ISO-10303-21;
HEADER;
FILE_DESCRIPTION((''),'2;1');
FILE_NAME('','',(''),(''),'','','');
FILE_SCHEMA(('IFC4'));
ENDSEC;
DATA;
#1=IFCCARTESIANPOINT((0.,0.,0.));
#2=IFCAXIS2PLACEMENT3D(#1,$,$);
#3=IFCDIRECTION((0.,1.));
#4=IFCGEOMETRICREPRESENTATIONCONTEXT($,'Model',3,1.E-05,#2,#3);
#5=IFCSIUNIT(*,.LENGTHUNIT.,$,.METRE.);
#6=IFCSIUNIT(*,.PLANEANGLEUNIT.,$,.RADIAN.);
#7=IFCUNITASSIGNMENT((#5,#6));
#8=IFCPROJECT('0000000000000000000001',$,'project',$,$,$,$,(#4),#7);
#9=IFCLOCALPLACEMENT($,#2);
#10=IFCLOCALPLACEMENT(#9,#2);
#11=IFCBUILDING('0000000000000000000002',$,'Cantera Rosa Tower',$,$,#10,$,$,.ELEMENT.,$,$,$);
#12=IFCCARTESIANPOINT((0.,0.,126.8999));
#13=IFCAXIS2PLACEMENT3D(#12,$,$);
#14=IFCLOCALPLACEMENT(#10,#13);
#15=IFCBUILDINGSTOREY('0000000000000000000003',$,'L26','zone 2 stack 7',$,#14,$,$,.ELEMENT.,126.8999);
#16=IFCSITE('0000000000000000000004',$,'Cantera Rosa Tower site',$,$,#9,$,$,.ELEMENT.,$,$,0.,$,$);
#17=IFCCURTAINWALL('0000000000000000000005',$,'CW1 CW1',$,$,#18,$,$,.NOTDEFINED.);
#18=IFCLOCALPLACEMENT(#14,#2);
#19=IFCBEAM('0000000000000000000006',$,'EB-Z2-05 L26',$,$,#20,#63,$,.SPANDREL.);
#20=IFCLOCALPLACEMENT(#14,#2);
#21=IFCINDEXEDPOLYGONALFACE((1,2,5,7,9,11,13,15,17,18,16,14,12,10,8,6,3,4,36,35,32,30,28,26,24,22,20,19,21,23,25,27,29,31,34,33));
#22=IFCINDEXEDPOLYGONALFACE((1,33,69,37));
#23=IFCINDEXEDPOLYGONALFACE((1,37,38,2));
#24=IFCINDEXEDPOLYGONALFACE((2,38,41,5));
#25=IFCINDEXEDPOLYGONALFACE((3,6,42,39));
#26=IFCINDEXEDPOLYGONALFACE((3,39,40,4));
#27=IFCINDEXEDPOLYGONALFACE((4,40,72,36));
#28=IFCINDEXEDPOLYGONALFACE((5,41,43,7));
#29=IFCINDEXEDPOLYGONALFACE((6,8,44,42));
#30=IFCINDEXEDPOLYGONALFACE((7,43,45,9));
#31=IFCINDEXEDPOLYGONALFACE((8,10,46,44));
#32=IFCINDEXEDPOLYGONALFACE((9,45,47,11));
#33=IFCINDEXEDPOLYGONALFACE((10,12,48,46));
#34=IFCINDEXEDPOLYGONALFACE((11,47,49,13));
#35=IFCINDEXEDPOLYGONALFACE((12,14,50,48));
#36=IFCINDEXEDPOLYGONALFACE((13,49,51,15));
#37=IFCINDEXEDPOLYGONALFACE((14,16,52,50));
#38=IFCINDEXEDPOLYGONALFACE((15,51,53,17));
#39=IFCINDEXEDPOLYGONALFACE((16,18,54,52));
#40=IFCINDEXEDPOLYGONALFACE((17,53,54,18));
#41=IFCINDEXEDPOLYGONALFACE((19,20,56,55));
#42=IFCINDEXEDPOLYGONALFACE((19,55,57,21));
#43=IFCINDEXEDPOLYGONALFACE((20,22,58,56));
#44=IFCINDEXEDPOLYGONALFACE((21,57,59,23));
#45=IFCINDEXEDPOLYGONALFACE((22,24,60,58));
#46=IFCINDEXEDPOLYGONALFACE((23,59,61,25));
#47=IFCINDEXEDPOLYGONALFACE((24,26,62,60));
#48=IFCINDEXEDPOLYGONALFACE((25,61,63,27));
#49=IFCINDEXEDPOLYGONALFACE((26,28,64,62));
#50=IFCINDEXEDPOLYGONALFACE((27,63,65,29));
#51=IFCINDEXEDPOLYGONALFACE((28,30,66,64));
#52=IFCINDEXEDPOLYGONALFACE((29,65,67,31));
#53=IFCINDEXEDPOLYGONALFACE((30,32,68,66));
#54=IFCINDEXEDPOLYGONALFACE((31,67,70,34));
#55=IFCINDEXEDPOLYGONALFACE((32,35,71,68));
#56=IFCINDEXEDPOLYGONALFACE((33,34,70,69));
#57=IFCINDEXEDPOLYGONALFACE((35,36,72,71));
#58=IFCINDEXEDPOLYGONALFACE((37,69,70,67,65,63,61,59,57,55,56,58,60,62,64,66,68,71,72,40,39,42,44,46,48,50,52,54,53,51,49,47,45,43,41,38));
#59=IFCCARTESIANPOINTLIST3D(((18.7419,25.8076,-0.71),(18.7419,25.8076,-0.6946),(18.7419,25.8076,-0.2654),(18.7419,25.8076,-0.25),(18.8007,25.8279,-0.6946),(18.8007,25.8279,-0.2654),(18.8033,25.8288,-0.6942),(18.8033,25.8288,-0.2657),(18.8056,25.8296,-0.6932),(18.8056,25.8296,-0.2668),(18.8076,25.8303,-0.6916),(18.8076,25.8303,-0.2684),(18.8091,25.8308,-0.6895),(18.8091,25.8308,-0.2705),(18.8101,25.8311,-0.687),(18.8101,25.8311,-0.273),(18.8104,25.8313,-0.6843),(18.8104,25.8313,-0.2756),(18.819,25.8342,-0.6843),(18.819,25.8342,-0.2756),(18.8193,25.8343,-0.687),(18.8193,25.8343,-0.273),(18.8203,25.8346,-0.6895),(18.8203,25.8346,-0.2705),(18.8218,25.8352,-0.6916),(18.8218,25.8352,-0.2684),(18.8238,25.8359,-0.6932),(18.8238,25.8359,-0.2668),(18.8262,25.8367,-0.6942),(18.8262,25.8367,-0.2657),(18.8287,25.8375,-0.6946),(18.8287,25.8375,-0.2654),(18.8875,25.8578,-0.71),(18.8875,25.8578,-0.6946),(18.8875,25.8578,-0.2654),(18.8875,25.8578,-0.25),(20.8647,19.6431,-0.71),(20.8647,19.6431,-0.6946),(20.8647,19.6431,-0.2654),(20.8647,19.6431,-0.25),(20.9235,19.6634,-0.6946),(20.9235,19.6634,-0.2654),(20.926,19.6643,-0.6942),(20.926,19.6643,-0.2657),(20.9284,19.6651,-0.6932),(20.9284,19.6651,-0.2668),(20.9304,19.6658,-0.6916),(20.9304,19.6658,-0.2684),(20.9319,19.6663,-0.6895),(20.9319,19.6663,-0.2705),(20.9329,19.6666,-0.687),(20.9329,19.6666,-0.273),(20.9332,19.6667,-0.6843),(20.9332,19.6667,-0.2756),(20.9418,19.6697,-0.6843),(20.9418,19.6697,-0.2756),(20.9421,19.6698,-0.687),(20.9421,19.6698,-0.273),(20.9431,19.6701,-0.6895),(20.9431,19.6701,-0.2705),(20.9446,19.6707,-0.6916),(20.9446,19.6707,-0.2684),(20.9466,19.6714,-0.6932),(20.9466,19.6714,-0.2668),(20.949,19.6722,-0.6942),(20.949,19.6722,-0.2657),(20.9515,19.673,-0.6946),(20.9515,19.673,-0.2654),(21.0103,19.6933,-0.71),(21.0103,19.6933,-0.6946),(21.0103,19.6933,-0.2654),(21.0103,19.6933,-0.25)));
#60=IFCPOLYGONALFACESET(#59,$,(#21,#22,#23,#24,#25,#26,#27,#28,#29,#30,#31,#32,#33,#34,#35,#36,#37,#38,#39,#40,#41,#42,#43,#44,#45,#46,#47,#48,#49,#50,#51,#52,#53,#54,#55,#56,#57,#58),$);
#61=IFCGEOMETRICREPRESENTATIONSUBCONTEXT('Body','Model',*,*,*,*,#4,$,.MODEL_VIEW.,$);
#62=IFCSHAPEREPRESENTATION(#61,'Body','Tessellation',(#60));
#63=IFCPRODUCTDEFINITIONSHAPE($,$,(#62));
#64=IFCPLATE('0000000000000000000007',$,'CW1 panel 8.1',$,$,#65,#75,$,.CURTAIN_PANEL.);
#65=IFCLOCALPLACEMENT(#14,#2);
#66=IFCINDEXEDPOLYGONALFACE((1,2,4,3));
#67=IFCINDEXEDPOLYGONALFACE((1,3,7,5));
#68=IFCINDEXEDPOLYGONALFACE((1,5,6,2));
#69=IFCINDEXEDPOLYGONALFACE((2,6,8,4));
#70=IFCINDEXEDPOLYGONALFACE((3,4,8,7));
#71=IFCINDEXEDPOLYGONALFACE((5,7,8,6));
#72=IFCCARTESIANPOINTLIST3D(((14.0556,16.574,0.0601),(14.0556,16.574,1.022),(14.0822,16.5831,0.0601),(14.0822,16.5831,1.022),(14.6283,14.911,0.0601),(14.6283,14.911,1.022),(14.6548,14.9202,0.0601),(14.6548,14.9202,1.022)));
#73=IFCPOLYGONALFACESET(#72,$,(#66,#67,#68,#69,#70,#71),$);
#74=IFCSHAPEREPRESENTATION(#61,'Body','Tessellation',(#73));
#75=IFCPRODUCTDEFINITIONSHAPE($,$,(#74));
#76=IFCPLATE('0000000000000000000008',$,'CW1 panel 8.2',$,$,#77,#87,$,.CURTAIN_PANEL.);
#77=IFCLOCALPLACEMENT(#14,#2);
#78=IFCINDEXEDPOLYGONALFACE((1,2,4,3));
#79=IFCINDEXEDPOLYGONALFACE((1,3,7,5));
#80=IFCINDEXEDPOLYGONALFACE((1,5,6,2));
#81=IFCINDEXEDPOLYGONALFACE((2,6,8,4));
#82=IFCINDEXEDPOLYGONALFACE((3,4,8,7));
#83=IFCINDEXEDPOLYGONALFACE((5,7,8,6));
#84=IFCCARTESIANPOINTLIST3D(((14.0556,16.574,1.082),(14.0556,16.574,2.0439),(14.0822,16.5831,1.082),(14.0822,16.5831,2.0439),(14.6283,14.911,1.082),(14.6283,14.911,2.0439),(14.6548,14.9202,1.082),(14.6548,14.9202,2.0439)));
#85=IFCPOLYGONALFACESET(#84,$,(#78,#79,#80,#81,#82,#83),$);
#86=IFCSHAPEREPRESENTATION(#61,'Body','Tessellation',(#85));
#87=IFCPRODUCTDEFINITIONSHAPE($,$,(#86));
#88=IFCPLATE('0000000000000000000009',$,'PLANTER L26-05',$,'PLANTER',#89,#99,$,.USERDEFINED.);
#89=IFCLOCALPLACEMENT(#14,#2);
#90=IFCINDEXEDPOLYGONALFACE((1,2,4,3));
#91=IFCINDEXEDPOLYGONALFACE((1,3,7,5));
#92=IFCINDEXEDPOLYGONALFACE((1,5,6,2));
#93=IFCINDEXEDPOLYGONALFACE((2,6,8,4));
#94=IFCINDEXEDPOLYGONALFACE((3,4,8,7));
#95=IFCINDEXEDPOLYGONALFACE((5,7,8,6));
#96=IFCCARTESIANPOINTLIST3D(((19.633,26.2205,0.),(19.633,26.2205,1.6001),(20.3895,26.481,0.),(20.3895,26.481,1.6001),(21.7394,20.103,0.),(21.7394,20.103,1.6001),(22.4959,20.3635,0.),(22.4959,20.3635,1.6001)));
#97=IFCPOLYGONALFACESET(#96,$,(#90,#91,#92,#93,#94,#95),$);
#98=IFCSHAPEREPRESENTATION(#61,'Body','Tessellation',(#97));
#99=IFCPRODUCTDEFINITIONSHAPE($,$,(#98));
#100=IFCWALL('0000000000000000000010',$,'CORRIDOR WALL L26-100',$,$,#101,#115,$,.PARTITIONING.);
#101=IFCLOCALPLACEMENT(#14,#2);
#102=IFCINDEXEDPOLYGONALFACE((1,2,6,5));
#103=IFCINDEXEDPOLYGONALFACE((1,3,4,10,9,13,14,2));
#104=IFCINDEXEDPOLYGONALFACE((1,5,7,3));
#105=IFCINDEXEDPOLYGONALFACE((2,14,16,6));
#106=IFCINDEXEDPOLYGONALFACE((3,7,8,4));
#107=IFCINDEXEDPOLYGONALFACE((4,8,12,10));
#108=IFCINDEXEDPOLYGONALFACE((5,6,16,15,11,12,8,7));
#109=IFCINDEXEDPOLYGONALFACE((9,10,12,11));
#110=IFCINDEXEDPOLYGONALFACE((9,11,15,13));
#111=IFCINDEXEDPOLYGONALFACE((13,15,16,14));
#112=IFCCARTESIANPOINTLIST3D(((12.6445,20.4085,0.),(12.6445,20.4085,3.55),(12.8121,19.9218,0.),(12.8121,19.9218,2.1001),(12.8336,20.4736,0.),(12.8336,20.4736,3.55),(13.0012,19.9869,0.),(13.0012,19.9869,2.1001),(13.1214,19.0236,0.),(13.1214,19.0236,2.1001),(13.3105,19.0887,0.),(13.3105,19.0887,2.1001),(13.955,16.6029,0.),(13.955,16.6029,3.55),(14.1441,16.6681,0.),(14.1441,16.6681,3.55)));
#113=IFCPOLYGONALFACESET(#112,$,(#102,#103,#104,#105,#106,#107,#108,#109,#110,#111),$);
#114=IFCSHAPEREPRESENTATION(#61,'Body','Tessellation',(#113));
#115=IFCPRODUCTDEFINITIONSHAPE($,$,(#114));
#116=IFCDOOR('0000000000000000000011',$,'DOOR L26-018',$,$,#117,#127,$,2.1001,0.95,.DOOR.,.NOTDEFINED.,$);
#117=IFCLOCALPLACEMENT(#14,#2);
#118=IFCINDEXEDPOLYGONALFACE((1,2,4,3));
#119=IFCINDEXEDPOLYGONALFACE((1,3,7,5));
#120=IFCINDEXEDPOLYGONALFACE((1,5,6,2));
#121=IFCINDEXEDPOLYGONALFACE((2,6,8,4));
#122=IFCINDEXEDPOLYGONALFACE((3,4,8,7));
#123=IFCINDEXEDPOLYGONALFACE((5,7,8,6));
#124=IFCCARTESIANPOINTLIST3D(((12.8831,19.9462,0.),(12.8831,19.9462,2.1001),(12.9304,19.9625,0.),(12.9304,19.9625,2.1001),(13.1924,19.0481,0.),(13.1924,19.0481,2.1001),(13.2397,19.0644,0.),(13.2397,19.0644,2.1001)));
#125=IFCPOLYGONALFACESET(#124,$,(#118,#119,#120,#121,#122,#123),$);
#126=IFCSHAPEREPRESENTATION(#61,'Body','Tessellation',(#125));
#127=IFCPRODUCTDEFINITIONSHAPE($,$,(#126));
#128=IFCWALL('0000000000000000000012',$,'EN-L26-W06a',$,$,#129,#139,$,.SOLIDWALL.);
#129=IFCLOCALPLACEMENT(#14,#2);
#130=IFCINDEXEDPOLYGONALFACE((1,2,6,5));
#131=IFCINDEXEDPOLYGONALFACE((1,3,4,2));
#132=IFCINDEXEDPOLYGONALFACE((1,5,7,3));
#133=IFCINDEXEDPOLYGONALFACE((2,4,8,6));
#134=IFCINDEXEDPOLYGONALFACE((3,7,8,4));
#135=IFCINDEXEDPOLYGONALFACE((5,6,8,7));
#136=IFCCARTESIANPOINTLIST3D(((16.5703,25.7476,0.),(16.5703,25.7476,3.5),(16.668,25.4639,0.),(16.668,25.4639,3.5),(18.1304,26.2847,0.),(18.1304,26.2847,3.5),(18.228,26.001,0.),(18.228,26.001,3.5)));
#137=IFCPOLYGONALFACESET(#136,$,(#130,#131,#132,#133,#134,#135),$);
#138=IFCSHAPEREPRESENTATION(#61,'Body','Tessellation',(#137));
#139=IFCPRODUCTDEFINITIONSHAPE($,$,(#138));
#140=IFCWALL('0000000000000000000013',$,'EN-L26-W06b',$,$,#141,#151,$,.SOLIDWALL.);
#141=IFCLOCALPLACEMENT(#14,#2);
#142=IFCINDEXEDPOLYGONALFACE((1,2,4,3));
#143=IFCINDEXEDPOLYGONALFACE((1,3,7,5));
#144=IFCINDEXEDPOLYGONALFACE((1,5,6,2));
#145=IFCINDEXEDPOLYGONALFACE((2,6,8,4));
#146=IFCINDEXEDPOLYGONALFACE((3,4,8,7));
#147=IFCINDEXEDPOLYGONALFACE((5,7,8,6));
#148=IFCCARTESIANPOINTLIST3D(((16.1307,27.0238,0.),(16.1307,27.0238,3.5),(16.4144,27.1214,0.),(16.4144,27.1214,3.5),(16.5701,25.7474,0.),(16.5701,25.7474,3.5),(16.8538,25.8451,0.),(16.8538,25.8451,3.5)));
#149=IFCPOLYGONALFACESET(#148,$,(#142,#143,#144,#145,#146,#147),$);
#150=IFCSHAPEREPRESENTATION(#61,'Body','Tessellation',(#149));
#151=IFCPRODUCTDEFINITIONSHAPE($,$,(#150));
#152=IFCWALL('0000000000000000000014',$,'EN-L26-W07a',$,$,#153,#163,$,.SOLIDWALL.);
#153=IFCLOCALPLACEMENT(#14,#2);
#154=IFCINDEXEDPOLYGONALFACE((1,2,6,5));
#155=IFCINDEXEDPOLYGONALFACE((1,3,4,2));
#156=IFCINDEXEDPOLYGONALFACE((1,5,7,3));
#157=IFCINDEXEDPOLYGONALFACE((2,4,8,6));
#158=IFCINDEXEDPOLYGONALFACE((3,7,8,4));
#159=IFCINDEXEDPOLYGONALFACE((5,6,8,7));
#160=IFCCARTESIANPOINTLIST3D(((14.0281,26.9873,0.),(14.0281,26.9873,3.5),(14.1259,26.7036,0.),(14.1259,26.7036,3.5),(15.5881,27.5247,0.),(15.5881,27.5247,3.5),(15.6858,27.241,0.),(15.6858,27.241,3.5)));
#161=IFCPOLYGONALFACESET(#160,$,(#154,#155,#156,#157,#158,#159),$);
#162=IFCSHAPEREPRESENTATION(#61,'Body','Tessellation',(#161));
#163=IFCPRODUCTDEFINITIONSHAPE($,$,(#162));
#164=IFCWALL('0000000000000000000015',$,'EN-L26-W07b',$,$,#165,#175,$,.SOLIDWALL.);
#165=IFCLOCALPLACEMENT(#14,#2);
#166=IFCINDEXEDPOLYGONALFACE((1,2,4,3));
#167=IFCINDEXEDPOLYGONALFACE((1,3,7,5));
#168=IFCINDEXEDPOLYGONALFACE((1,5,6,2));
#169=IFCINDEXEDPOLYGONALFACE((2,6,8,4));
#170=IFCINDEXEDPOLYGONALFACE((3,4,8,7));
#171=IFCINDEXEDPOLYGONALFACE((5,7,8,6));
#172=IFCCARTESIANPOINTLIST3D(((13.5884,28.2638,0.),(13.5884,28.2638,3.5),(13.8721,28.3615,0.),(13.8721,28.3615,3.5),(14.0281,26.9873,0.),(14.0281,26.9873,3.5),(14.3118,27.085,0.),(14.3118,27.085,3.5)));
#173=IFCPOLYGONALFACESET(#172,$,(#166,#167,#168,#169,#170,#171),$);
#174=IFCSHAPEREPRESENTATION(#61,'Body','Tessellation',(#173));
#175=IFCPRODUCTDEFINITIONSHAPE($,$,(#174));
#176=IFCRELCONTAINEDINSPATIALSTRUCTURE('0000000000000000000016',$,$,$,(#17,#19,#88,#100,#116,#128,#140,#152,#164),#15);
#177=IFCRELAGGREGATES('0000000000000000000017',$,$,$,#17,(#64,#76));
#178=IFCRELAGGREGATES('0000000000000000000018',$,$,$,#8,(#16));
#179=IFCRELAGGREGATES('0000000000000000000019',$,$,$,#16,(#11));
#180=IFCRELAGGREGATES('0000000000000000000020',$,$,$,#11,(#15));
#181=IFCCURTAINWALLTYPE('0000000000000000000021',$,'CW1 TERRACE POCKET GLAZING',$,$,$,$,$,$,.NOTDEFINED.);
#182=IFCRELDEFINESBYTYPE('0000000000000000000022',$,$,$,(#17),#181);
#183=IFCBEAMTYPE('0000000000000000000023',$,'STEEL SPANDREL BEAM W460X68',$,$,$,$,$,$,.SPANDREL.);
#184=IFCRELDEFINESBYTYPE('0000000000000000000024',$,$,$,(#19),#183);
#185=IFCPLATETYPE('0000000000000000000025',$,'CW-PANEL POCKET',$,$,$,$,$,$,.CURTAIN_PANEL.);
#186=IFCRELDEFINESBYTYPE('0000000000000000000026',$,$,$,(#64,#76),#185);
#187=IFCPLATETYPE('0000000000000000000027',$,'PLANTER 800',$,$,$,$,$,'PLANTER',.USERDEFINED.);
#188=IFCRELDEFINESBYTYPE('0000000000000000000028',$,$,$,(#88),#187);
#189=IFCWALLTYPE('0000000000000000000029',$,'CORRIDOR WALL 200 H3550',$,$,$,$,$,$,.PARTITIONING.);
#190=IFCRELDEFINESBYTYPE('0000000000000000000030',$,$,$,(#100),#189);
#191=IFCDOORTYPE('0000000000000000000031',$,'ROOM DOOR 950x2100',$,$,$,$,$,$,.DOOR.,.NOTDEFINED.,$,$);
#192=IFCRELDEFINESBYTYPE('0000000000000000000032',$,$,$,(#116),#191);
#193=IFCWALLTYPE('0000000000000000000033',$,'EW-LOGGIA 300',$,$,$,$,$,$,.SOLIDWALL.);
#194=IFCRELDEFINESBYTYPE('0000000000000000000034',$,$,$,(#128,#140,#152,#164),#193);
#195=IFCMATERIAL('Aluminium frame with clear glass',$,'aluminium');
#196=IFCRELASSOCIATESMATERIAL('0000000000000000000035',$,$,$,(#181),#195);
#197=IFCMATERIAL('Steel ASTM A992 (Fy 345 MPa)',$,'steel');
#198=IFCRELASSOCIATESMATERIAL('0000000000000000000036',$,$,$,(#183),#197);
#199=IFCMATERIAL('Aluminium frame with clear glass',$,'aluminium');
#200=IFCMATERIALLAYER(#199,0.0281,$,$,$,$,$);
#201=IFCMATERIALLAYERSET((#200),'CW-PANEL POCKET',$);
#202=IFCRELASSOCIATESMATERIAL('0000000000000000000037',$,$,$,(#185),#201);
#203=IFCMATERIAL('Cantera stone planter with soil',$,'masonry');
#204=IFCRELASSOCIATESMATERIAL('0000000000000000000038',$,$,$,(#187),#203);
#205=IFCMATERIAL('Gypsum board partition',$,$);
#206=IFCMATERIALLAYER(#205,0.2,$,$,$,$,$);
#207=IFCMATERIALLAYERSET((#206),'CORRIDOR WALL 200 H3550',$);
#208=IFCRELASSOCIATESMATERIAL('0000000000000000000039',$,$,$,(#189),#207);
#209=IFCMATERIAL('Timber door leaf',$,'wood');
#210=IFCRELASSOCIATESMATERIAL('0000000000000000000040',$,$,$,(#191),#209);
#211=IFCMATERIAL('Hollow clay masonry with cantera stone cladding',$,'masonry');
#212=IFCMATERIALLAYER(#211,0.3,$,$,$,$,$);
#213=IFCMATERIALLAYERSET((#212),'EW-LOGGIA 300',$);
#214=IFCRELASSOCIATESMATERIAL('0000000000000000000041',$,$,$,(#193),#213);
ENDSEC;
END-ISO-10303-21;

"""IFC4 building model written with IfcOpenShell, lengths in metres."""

from ifc_helpers import new_model, si_unit, direction, frame, frame_2d, origin, origin_2d, place, context, subcontext, project, spatial, rectangle, i_section, extrude, material, layer, layer_set, material_profile, profile_set, type_object, element, fill, aggregate, save


model = new_model("IFC4")

# Units and contexts
model_context = context("Model", 3, precision=1e-05, world=origin(), true_north=direction((0.0, 1.0)))
body_context = subcontext(model_context, "Body", "Model", "MODEL_VIEW")
ifc_project = project(units=[si_unit("LENGTHUNIT", "METRE"), si_unit("PLANEANGLEUNIT", "RADIAN")], contexts=[model_context])

# Site, building, storey
site_placement = place(None, origin())
site = spatial("IfcSite", under=ifc_project, at=site_placement, Name="Cantera Rosa Tower site", CompositionType="ELEMENT", RefElevation=0.0)
building_placement = place(site_placement, origin())
building = spatial("IfcBuilding", under=site, at=building_placement, Name="Cantera Rosa Tower", CompositionType="ELEMENT")
storey_placement = place(building_placement, frame((0.0, 0.0, 126.8999)))
storey = spatial("IfcBuildingStorey", under=building, at=storey_placement, Name="L26", Description="zone 2 stack 7", CompositionType="ELEMENT", Elevation=126.8999)

# Curtain wall
ifc_material_1 = material(Name="Aluminium frame with clear glass", Category="aluminium")
curtain_wall_type = type_object("IfcCurtainWallType", Name="CW1 TERRACE POCKET GLAZING", PredefinedType="NOTDEFINED", material=ifc_material_1)
curtain_wall_placement = place(storey_placement, origin())
curtain_wall = element("IfcCurtainWall", 1, at=curtain_wall_placement, inside=storey, type_object=curtain_wall_type, Name="CW1 CW1", PredefinedType="NOTDEFINED")

# Beam
ifc_material_2 = material(Name="Steel ASTM A992 (Fy 345 MPa)", Category="steel")
ifc_material_profile_1 = material_profile(ifc_material_2, i_section(OverallWidth=0.1541, OverallDepth=0.46, WebThickness=0.009, FlangeThickness=0.0154, FilletRadius=0.0103, at=origin_2d()), Name="W460X68")
ifc_profile_set_1 = profile_set([ifc_material_profile_1], Name="Steel ASTM A992 (Fy 345 MPa)")
beam_type_1 = type_object("IfcBeamType", Name="STEEL SPANDREL BEAM W460X68", PredefinedType="SPANDREL", material=ifc_profile_set_1)
beam_1_placement = place(storey_placement, frame((20.9375, 19.6682, -0.48), z_axis=(-0.325593, 0.94551, 0.0), x_axis=(-0.94551, -0.325593, 0.0)))
element("IfcBeam", 2, at=beam_1_placement, inside=storey, type_object=beam_type_1, Name="EB-Z2-05 L26", PredefinedType="SPANDREL", context=body_context, shape_type="SweptSolid", body=[
    extrude(i_section(OverallWidth=0.1541, OverallDepth=0.46, WebThickness=0.009, FlangeThickness=0.0154, FilletRadius=0.0103, at=origin_2d()), origin(), (0.0, 0.0, 1.0), 6.5198),
])

# Plates
ifc_material_3 = material(Name="Aluminium frame with clear glass", Category="aluminium")
ifc_layer_1 = layer(ifc_material_3, 0.0281)
ifc_layer_set_1 = layer_set([ifc_layer_1], Name="CW-PANEL POCKET")
plate_type_1 = type_object("IfcPlateType", Name="CW-PANEL POCKET", PredefinedType="CURTAIN_PANEL", material=ifc_layer_set_1)
plate_1_placement = place(storey_placement, frame((14.3552, 15.7471, 0.0601), z_axis=(0.0, 0.0, 1.0), x_axis=(-0.325568, 0.945519, 0.0)))
plate_1 = element("IfcPlate", 3, at=plate_1_placement, type_object=plate_type_1, Name="CW1 panel 8.1", PredefinedType="CURTAIN_PANEL", context=body_context, shape_type="SweptSolid", body=[
    extrude(rectangle(XDim=1.7588, YDim=0.0281, at=origin_2d()), origin(), (0.0, 0.0, 1.0), 0.9619),
])
plate_2_placement = place(storey_placement, frame((14.3552, 15.7471, 1.082), z_axis=(0.0, 0.0, 1.0), x_axis=(-0.325568, 0.945519, 0.0)))
plate_2 = element("IfcPlate", 4, at=plate_2_placement, type_object=plate_type_1, Name="CW1 panel 8.2", PredefinedType="CURTAIN_PANEL", context=body_context, shape_type="SweptSolid", body=[
    extrude(rectangle(XDim=1.7588, YDim=0.0281, at=origin_2d()), origin(), (0.0, 0.0, 1.0), 0.9619),
])
aggregate(curtain_wall, [plate_1, plate_2])
ifc_material_4 = material(Name="Cantera stone planter with soil", Category="masonry")
plate_type_2 = type_object("IfcPlateType", Name="PLANTER 800", ElementType="PLANTER", PredefinedType="USERDEFINED", material=ifc_material_4)
plate_3_placement = place(storey_placement, frame((21.0645, 23.292, 0.0), z_axis=(0.0, 0.0, 1.0), x_axis=(-0.325568, 0.945519, 0.0)))
element("IfcPlate", 5, at=plate_3_placement, inside=storey, type_object=plate_type_2, Name="PLANTER L26-05", ObjectType="PLANTER", PredefinedType="USERDEFINED", context=body_context, shape_type="SweptSolid", body=[
    extrude(rectangle(XDim=6.47, YDim=0.8, at=origin_2d()), origin(), (0.0, 0.0, 1.0), 1.6001),
])

# Wall, opening, door
ifc_material_5 = material(Name="Gypsum board partition")
ifc_layer_2 = layer(ifc_material_5, 0.2)
ifc_layer_set_2 = layer_set([ifc_layer_2], Name="CORRIDOR WALL 200 H3550")
wall_type_1 = type_object("IfcWallType", Name="CORRIDOR WALL 200 H3550", PredefinedType="PARTITIONING", material=ifc_layer_set_2)
wall_1_placement = place(storey_placement, frame((14.0496, 16.6355, 0.0), z_axis=(0.0, 0.0, 1.0), x_axis=(-0.325602, 0.945507, 0.0)))
wall_1 = element("IfcWall", 6, at=wall_1_placement, inside=storey, type_object=wall_type_1, Name="CORRIDOR WALL L26-100", PredefinedType="PARTITIONING", context=body_context, shape_type="SweptSolid", body=[
    extrude(rectangle(XDim=4.0249, YDim=0.2, at=frame_2d((2.0125, 0.0))), origin(), (0.0, 0.0, 1.0), 3.55),
])
opening_1_placement = place(wall_1_placement, frame((2.5601, 0.0, 0.0)))
opening_1 = element("IfcOpeningElement", 7, at=opening_1_placement, cuts=wall_1, PredefinedType="OPENING", context=body_context, shape_type="SweptSolid", body=[
    extrude(rectangle(XDim=0.95, YDim=2.1001, at=frame_2d((0.4751, 1.05))), frame((0.0, 0.1099, 0.0), z_axis=(0.0, -1.0, 0.0), x_axis=(1.0, 0.0, 0.0)), (0.0, 0.0, 1.0), 0.22),
])
ifc_material_6 = material(Name="Timber door leaf", Category="wood")
door_type_1 = type_object("IfcDoorType", Name="ROOM DOOR 950x2100", OperationType="NOTDEFINED", PredefinedType="DOOR", material=ifc_material_6)
door_1_placement = place(opening_1_placement, origin())
door_1 = element("IfcDoor", 8, at=door_1_placement, inside=storey, type_object=door_type_1, Name="DOOR L26-018", OperationType="NOTDEFINED", OverallHeight=2.1001, OverallWidth=0.95, PredefinedType="DOOR", context=body_context, shape_type="SweptSolid", body=[
    extrude(rectangle(XDim=0.95, YDim=2.1001, at=frame_2d((0.4751, 1.05))), frame((0.0, 0.0249, 0.0), z_axis=(0.0, -1.0, 0.0), x_axis=(1.0, 0.0, 0.0)), (0.0, 0.0, 1.0), 0.05),
])
fill(opening_1, door_1)

# Walls
ifc_material_7 = material(Name="Hollow clay masonry with cantera stone cladding", Category="masonry")
ifc_layer_3 = layer(ifc_material_7, 0.3)
ifc_layer_set_3 = layer_set([ifc_layer_3], Name="EW-LOGGIA 300")
wall_type_2 = type_object("IfcWallType", Name="EW-LOGGIA 300", PredefinedType="SOLIDWALL", material=ifc_layer_set_3)
wall_2_placement = place(storey_placement, frame((18.1792, 26.1428, 0.0), z_axis=(0.0, 0.0, 1.0), x_axis=(-0.94553, -0.325535, 0.0)))
element("IfcWall", 9, at=wall_2_placement, inside=storey, type_object=wall_type_2, Name="EN-L26-W06a", PredefinedType="SOLIDWALL", context=body_context, shape_type="SweptSolid", body=[
    extrude(rectangle(XDim=1.6499, YDim=0.3, at=frame_2d((0.825, 0.0))), origin(), (0.0, 0.0, 1.0), 3.5),
])
wall_3_placement = place(storey_placement, frame((16.7119, 25.7964, 0.0), z_axis=(0.0, 0.0, 1.0), x_axis=(-0.325545, 0.945527, 0.0)))
element("IfcWall", 10, at=wall_3_placement, inside=storey, type_object=wall_type_2, Name="EN-L26-W06b", PredefinedType="SOLIDWALL", context=body_context, shape_type="SweptSolid", body=[
    extrude(rectangle(XDim=1.3499, YDim=0.3, at=frame_2d((0.6748, 0.0))), origin(), (0.0, 0.0, 1.0), 3.5),
])
wall_4_placement = place(storey_placement, frame((15.637, 27.3828, 0.0), z_axis=(0.0, 0.0, 1.0), x_axis=(-0.945485, -0.325667, 0.0)))
element("IfcWall", 11, at=wall_4_placement, inside=storey, type_object=wall_type_2, Name="EN-L26-W07a", PredefinedType="SOLIDWALL", context=body_context, shape_type="SweptSolid", body=[
    extrude(rectangle(XDim=1.6499, YDim=0.3, at=frame_2d((0.825, 0.0))), origin(), (0.0, 0.0, 1.0), 3.5),
])
wall_5_placement = place(storey_placement, frame((14.1699, 27.0361, 0.0), z_axis=(0.0, 0.0, 1.0), x_axis=(-0.325651, 0.94549, 0.0)))
element("IfcWall", 12, at=wall_5_placement, inside=storey, type_object=wall_type_2, Name="EN-L26-W07b", PredefinedType="SOLIDWALL", context=body_context, shape_type="SweptSolid", body=[
    extrude(rectangle(XDim=1.3501, YDim=0.3, at=frame_2d((0.675, 0.0))), origin(), (0.0, 0.0, 1.0), 3.5),
])

save(model, "model.ifc")
